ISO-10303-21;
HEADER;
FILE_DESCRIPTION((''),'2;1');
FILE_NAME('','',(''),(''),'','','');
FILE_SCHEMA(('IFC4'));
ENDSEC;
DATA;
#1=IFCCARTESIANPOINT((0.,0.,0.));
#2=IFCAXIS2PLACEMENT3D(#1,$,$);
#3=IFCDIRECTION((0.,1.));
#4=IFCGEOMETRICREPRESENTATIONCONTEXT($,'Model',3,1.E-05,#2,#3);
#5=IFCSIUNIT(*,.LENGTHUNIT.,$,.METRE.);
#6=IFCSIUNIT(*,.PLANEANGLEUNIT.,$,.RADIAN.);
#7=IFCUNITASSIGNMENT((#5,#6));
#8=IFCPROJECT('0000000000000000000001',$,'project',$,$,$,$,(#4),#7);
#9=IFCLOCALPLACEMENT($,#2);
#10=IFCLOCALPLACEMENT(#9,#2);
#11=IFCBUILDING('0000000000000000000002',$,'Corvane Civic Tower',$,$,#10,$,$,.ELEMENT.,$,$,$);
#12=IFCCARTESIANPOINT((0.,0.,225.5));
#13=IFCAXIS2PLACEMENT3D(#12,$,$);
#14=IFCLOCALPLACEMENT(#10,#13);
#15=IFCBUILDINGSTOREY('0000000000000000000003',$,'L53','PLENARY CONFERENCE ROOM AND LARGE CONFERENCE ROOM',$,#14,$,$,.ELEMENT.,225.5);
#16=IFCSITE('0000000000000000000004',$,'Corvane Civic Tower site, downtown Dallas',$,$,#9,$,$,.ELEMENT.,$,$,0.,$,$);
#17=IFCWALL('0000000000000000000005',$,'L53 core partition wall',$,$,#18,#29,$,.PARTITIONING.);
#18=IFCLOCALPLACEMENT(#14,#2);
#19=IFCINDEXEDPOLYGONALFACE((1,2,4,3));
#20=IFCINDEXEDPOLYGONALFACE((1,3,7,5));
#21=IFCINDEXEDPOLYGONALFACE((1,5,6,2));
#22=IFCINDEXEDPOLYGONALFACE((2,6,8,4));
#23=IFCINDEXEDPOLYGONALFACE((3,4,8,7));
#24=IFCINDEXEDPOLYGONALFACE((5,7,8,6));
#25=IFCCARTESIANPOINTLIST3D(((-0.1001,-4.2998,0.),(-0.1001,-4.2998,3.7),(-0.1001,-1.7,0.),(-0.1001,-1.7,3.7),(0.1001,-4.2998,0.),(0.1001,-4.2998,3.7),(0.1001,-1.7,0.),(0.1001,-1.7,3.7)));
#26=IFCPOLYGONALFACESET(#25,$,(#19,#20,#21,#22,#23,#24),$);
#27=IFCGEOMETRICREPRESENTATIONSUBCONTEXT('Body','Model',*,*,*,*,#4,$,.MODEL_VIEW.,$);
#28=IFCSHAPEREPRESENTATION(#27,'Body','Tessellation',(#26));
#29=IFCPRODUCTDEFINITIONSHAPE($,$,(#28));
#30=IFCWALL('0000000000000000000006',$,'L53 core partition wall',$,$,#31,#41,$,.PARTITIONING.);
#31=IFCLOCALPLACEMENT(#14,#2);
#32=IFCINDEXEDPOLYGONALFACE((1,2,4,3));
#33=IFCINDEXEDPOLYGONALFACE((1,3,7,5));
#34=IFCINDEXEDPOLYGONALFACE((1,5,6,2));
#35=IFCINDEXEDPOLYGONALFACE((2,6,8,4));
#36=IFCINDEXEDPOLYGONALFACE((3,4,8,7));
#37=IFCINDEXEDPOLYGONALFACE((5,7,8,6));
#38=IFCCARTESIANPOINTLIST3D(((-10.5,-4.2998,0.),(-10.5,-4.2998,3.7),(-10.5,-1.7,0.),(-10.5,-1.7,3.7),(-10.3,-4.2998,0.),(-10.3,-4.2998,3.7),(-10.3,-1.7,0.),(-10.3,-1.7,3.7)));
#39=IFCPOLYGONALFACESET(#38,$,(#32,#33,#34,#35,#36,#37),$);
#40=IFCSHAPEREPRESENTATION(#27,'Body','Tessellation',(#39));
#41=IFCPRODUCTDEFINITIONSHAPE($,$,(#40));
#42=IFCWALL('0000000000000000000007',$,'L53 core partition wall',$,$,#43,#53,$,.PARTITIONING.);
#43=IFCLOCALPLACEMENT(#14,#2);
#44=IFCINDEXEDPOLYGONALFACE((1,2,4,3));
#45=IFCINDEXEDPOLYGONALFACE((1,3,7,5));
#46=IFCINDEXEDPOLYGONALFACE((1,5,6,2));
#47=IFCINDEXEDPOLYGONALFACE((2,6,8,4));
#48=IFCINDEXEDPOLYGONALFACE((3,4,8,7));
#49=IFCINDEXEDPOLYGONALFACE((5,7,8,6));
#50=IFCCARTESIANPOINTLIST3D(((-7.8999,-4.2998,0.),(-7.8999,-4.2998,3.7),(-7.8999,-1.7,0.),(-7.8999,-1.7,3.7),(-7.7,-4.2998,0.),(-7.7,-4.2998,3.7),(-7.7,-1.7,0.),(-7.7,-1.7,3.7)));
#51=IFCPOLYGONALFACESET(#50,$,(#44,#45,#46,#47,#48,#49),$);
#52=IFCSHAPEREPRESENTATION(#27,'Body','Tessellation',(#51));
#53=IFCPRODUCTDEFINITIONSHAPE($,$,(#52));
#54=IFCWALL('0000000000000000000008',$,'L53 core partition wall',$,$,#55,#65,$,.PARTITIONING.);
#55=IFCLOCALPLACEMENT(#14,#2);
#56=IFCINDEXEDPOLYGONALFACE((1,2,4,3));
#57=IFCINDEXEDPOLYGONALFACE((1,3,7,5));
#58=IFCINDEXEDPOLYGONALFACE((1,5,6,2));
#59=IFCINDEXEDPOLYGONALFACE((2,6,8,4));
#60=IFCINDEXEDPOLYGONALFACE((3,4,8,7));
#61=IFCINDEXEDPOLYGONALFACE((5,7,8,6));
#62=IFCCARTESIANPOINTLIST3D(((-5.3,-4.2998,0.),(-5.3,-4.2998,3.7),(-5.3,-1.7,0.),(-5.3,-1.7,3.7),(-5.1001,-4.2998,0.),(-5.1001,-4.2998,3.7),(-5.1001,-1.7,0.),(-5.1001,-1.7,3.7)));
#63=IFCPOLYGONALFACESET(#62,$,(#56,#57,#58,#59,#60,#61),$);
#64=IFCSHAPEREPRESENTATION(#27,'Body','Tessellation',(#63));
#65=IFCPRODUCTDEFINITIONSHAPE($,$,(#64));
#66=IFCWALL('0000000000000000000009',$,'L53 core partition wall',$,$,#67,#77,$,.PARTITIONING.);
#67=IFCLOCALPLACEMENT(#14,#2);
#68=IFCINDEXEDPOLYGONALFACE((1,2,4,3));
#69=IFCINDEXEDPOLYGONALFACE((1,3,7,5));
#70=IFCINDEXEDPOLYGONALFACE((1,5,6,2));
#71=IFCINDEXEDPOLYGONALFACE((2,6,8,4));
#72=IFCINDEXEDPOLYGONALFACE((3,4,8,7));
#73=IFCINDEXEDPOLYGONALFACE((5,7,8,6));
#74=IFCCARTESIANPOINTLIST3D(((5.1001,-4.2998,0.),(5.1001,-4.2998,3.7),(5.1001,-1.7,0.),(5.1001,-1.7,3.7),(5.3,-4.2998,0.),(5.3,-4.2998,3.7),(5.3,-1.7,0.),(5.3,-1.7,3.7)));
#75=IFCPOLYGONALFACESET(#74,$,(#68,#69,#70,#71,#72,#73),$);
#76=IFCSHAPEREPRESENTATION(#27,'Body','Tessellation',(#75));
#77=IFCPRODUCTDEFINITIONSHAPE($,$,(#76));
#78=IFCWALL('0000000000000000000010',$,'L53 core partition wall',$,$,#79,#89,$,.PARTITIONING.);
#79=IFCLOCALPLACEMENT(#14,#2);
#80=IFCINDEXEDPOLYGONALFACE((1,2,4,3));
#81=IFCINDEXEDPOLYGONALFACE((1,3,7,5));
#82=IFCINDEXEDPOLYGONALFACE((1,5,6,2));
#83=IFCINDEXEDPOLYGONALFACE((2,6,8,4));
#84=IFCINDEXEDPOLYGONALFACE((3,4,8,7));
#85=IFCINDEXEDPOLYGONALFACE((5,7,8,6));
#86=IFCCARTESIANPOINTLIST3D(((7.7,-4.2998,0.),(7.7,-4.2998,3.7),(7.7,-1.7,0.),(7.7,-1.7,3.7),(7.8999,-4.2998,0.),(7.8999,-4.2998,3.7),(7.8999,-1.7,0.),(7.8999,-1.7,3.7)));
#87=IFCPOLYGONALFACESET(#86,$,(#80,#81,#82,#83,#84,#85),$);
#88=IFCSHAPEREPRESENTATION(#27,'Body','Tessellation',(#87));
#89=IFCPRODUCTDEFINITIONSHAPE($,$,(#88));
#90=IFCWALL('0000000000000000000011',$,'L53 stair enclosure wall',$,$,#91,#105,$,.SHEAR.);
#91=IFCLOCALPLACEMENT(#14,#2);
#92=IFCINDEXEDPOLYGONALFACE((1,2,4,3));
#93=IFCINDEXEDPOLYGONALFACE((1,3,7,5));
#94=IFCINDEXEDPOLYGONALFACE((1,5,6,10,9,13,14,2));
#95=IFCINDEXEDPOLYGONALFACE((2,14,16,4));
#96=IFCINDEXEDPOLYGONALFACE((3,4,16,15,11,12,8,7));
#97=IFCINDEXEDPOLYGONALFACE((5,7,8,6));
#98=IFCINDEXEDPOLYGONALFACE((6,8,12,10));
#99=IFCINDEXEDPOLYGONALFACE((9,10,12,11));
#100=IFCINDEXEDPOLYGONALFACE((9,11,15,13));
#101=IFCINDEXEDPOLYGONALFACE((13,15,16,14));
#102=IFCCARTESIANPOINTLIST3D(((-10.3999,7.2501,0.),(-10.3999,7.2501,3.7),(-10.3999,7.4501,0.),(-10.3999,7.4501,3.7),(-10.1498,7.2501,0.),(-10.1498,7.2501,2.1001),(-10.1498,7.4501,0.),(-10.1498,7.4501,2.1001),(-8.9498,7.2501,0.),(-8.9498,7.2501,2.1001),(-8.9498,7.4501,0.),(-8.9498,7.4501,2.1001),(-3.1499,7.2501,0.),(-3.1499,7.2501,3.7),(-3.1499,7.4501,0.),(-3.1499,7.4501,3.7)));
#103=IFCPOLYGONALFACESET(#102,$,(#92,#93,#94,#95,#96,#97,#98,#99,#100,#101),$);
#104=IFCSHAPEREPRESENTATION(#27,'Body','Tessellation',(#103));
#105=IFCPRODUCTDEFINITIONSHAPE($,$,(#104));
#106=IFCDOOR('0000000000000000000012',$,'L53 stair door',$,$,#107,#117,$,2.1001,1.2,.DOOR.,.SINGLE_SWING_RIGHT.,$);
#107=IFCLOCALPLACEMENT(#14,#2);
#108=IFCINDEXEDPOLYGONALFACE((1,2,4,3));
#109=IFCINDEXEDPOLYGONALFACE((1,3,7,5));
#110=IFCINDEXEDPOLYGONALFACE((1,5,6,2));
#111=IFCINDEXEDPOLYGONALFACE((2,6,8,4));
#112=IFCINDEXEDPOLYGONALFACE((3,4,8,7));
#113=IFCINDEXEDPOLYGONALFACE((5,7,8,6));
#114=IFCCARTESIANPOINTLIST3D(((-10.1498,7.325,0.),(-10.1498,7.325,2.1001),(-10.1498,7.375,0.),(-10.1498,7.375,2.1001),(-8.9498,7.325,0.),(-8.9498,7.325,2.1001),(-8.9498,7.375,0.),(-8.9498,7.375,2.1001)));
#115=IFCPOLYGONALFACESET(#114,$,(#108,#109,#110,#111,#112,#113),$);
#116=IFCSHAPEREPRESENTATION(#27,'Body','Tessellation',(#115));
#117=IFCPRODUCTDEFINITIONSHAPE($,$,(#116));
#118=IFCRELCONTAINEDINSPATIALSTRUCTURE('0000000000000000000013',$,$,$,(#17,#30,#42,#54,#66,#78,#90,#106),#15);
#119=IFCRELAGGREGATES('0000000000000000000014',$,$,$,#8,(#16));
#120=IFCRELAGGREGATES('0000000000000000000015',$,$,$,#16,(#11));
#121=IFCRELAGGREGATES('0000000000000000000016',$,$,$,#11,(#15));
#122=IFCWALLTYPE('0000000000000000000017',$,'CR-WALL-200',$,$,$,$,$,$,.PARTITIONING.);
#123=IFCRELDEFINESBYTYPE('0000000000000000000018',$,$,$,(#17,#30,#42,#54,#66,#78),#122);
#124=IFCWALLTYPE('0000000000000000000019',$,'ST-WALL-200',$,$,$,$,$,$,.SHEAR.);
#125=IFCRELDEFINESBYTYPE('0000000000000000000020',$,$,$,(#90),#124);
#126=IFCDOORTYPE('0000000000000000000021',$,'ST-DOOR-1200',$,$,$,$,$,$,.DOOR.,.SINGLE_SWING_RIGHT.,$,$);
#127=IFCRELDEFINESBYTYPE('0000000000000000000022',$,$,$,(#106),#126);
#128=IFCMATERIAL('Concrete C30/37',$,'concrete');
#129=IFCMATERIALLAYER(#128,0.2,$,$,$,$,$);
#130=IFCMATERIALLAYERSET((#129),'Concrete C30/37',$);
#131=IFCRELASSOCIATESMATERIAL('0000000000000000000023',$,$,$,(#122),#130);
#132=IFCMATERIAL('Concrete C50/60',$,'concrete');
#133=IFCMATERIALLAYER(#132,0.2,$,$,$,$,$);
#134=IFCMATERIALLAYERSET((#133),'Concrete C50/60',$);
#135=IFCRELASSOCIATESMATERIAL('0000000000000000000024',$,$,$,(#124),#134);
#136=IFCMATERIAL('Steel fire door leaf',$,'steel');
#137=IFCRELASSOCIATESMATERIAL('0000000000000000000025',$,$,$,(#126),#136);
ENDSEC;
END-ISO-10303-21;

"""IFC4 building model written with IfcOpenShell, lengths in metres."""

from ifc_helpers import new_model, si_unit, direction, frame, frame_2d, origin, place, context, subcontext, project, spatial, polyline, rectangle, outline, extrude, material, layer, layer_set, type_object, element, fill, save


model = new_model("IFC4")

# Units and contexts
model_context = context("Model", 3, precision=1e-05, world=origin(), true_north=direction((0.0, 1.0)))
body_context = subcontext(model_context, "Body", "Model", "MODEL_VIEW")
ifc_project = project(units=[si_unit("LENGTHUNIT", "METRE"), si_unit("PLANEANGLEUNIT", "RADIAN")], contexts=[model_context])

# Site, building, storey
site_placement = place(None, origin())
site = spatial("IfcSite", under=ifc_project, at=site_placement, Name="Corvane Civic Tower site, downtown Dallas", CompositionType="ELEMENT", RefElevation=0.0)
building_placement = place(site_placement, origin())
building = spatial("IfcBuilding", under=site, at=building_placement, Name="Corvane Civic Tower", CompositionType="ELEMENT")
storey_placement = place(building_placement, frame((0.0, 0.0, 225.5)))
storey = spatial("IfcBuildingStorey", under=building, at=storey_placement, Name="L53", Description="PLENARY CONFERENCE ROOM AND LARGE CONFERENCE ROOM", CompositionType="ELEMENT", Elevation=225.5)

# Shared definitions
ifc_material_1 = material(Name="Concrete C30/37", Category="concrete")
ifc_layer_1 = layer(ifc_material_1, 0.2)
ifc_layer_set_1 = layer_set([ifc_layer_1], Name="Concrete C30/37")
wall_type_1 = type_object("IfcWallType", Name="CR-WALL-200", PredefinedType="PARTITIONING", material=ifc_layer_set_1)

# Walls
wall_1_placement = place(storey_placement, origin())
element("IfcWall", 1, at=wall_1_placement, inside=storey, type_object=wall_type_1, Name="L53 core partition wall", PredefinedType="PARTITIONING", context=body_context, shape_type="SweptSolid", body=[
    extrude(outline(polyline([(0.1001, -1.7), (0.1001, -4.2998), (-0.1001, -4.2998), (-0.1001, -1.7), (0.1001, -1.7)])), origin(), (0.0, 0.0, 1.0), 3.7),
])
wall_2_placement = place(storey_placement, origin())
element("IfcWall", 2, at=wall_2_placement, inside=storey, type_object=wall_type_1, Name="L53 core partition wall", PredefinedType="PARTITIONING", context=body_context, shape_type="SweptSolid", body=[
    extrude(outline(polyline([(-10.3, -1.7), (-10.3, -4.2998), (-10.5, -4.2998), (-10.5, -1.7), (-10.3, -1.7)])), origin(), (0.0, 0.0, 1.0), 3.7),
])
wall_3_placement = place(storey_placement, origin())
element("IfcWall", 3, at=wall_3_placement, inside=storey, type_object=wall_type_1, Name="L53 core partition wall", PredefinedType="PARTITIONING", context=body_context, shape_type="SweptSolid", body=[
    extrude(outline(polyline([(-7.7, -1.7), (-7.7, -4.2998), (-7.8999, -4.2998), (-7.8999, -1.7), (-7.7, -1.7)])), origin(), (0.0, 0.0, 1.0), 3.7),
])
wall_4_placement = place(storey_placement, origin())
element("IfcWall", 4, at=wall_4_placement, inside=storey, type_object=wall_type_1, Name="L53 core partition wall", PredefinedType="PARTITIONING", context=body_context, shape_type="SweptSolid", body=[
    extrude(outline(polyline([(-5.1001, -1.7), (-5.1001, -4.2998), (-5.3, -4.2998), (-5.3, -1.7), (-5.1001, -1.7)])), origin(), (0.0, 0.0, 1.0), 3.7),
])
wall_5_placement = place(storey_placement, origin())
element("IfcWall", 5, at=wall_5_placement, inside=storey, type_object=wall_type_1, Name="L53 core partition wall", PredefinedType="PARTITIONING", context=body_context, shape_type="SweptSolid", body=[
    extrude(outline(polyline([(5.3, -1.7), (5.3, -4.2998), (5.1001, -4.2998), (5.1001, -1.7), (5.3, -1.7)])), origin(), (0.0, 0.0, 1.0), 3.7),
])
wall_6_placement = place(storey_placement, origin())
element("IfcWall", 6, at=wall_6_placement, inside=storey, type_object=wall_type_1, Name="L53 core partition wall", PredefinedType="PARTITIONING", context=body_context, shape_type="SweptSolid", body=[
    extrude(outline(polyline([(7.8999, -1.7), (7.8999, -4.2998), (7.7, -4.2998), (7.7, -1.7), (7.8999, -1.7)])), origin(), (0.0, 0.0, 1.0), 3.7),
])

# Wall, opening, door
ifc_material_2 = material(Name="Concrete C50/60", Category="concrete")
ifc_layer_2 = layer(ifc_material_2, 0.2)
ifc_layer_set_2 = layer_set([ifc_layer_2], Name="Concrete C50/60")
wall_type_2 = type_object("IfcWallType", Name="ST-WALL-200", PredefinedType="SHEAR", material=ifc_layer_set_2)
wall_7_placement = place(storey_placement, frame((-10.3999, 7.3501, 0.0), z_axis=(0.0, 0.0, 1.0), x_axis=(1.0, 0.0, 0.0)))
wall_7 = element("IfcWall", 7, at=wall_7_placement, inside=storey, type_object=wall_type_2, Name="L53 stair enclosure wall", PredefinedType="SHEAR", context=body_context, shape_type="SweptSolid", body=[
    extrude(rectangle(XDim=7.25, YDim=0.2, at=frame_2d((3.625, 0.0))), origin(), (0.0, 0.0, 1.0), 3.7),
])
opening_1_placement = place(wall_7_placement, frame((0.25, 0.0, 0.0)))
opening_1 = element("IfcOpeningElement", 8, at=opening_1_placement, cuts=wall_7, PredefinedType="OPENING", context=body_context, shape_type="SweptSolid", body=[
    extrude(rectangle(XDim=1.2, YDim=2.1001, at=frame_2d((0.6001, 1.05))), frame((0.0, 0.1099, 0.0), z_axis=(0.0, -1.0, 0.0), x_axis=(1.0, 0.0, 0.0)), (0.0, 0.0, 1.0), 0.22),
])
ifc_material_3 = material(Name="Steel fire door leaf", Category="steel")
door_type_1 = type_object("IfcDoorType", Name="ST-DOOR-1200", OperationType="SINGLE_SWING_RIGHT", PredefinedType="DOOR", material=ifc_material_3)
door_1_placement = place(opening_1_placement, origin())
door_1 = element("IfcDoor", 9, at=door_1_placement, inside=storey, type_object=door_type_1, Name="L53 stair door", OperationType="SINGLE_SWING_RIGHT", OverallHeight=2.1001, OverallWidth=1.2, PredefinedType="DOOR", context=body_context, shape_type="SweptSolid", body=[
    extrude(rectangle(XDim=1.2, YDim=2.1001, at=frame_2d((0.6001, 1.05))), frame((0.0, 0.0249, 0.0), z_axis=(0.0, -1.0, 0.0), x_axis=(1.0, 0.0, 0.0)), (0.0, 0.0, 1.0), 0.05),
])
fill(opening_1, door_1)

save(model, "model.ifc")
